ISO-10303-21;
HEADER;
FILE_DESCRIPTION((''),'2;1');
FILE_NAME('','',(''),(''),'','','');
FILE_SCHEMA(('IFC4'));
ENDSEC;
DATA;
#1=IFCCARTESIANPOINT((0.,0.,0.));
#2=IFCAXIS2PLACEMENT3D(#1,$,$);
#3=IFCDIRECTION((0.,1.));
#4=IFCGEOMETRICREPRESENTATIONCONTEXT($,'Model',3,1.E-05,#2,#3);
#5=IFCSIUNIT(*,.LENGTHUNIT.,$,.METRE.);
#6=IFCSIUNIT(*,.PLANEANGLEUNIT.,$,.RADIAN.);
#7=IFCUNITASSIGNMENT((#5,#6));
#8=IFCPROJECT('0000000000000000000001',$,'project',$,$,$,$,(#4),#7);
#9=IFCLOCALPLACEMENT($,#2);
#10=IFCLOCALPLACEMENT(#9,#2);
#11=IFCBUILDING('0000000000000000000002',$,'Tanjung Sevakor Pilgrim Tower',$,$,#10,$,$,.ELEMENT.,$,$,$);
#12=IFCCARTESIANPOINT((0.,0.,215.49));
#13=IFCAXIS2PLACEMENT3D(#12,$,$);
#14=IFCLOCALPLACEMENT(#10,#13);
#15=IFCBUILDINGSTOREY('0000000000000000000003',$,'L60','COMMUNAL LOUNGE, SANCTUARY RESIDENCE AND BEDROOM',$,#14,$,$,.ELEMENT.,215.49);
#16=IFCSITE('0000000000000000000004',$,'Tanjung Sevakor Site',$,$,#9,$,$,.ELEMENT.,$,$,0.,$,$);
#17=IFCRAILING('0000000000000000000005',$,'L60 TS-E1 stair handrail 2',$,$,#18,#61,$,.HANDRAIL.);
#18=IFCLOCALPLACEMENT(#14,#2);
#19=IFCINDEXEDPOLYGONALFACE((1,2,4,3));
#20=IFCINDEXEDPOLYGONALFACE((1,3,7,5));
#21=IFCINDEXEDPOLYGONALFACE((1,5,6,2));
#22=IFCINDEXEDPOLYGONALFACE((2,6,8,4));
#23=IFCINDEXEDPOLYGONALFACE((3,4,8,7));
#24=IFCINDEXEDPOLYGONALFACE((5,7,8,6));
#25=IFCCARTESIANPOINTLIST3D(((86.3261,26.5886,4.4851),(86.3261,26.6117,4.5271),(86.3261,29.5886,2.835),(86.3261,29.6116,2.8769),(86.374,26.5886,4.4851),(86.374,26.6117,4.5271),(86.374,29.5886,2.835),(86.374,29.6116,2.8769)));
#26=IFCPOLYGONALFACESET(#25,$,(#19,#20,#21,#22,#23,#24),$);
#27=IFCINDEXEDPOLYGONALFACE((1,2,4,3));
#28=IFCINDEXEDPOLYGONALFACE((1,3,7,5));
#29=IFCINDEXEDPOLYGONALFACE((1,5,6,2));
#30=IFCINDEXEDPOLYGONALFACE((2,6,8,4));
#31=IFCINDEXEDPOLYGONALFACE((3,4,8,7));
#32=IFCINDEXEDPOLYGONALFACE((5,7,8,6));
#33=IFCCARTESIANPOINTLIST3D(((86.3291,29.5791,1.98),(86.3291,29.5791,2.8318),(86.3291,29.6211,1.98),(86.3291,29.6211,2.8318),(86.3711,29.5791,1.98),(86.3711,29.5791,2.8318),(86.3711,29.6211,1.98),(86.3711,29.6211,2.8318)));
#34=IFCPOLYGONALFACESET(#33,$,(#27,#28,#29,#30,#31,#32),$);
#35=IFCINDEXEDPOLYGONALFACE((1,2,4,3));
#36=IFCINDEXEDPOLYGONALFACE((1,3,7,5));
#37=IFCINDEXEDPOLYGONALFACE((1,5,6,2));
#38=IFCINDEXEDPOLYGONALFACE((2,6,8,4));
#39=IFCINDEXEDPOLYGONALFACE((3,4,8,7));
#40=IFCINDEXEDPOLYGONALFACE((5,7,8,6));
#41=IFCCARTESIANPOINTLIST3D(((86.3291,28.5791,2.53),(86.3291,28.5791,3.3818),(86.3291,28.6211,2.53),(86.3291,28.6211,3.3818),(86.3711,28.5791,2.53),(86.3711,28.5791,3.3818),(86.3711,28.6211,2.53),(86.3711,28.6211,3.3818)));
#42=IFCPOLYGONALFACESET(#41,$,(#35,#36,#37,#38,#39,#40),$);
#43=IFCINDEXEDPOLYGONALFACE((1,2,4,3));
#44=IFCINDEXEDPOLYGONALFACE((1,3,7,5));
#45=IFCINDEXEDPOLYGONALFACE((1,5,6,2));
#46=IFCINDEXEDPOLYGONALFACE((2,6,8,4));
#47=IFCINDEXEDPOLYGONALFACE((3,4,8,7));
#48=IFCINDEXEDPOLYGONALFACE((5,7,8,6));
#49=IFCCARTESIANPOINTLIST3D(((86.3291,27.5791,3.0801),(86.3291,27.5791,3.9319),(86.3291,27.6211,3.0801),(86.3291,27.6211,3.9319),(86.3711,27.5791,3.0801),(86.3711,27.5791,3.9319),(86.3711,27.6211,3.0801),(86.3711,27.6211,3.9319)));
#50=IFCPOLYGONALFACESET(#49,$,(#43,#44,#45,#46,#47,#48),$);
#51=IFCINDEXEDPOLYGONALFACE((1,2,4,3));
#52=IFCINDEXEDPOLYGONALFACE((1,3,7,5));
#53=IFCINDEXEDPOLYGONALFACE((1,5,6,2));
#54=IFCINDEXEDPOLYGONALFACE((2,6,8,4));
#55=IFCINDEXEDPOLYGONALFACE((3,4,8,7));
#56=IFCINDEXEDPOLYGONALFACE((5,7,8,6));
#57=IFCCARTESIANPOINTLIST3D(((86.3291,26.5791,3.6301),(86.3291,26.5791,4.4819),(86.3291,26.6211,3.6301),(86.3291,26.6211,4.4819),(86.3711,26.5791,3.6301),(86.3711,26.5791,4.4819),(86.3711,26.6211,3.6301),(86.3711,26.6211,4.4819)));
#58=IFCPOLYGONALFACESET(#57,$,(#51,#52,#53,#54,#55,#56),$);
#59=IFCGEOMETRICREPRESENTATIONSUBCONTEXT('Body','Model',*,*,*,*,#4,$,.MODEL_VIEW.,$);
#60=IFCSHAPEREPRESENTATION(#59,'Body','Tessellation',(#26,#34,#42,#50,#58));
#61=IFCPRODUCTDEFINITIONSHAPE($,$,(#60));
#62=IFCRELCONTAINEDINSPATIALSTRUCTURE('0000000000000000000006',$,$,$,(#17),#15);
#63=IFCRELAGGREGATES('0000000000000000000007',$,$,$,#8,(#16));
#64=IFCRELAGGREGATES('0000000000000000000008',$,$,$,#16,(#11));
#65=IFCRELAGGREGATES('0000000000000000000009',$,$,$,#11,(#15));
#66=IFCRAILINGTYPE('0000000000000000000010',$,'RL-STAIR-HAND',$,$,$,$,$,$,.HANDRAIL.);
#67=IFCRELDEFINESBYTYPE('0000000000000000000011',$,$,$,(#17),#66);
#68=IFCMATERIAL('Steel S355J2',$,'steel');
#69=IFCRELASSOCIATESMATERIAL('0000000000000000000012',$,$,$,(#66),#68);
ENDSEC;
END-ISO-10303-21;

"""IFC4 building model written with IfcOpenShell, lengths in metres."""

from ifc_helpers import new_model, si_unit, direction, frame, origin, place, context, subcontext, project, spatial, rectangle, extrude, material, type_object, element, save


model = new_model("IFC4")

# Units and contexts
model_context = context("Model", 3, precision=1e-05, world=origin(), true_north=direction((0.0, 1.0)))
body_context = subcontext(model_context, "Body", "Model", "MODEL_VIEW")
ifc_project = project(units=[si_unit("LENGTHUNIT", "METRE"), si_unit("PLANEANGLEUNIT", "RADIAN")], contexts=[model_context])

# Site, building, storey
site_placement = place(None, origin())
site = spatial("IfcSite", under=ifc_project, at=site_placement, Name="Tanjung Sevakor Site", CompositionType="ELEMENT", RefElevation=0.0)
building_placement = place(site_placement, origin())
building = spatial("IfcBuilding", under=site, at=building_placement, Name="Tanjung Sevakor Pilgrim Tower", CompositionType="ELEMENT")
storey_placement = place(building_placement, frame((0.0, 0.0, 215.49)))
storey = spatial("IfcBuildingStorey", under=building, at=storey_placement, Name="L60", Description="COMMUNAL LOUNGE, SANCTUARY RESIDENCE AND BEDROOM", CompositionType="ELEMENT", Elevation=215.49)

# Railing
ifc_material_1 = material(Name="Steel S355J2", Category="steel")
railing_type_1 = type_object("IfcRailingType", Name="RL-STAIR-HAND", PredefinedType="HANDRAIL", material=ifc_material_1)
railing_1_placement = place(storey_placement, frame((86.3501, 29.6001, 1.98)))
element("IfcRailing", 1, at=railing_1_placement, inside=storey, type_object=railing_type_1, Name="L60 TS-E1 stair handrail 2", PredefinedType="HANDRAIL", context=body_context, shape_type="SweptSolid", body=[
    extrude(rectangle(XDim=0.0479, YDim=0.0479), frame((0.0, 0.0, 0.876), z_axis=(0.0, -0.876198, 0.481952), x_axis=(1.0, 0.0, 0.0)), (0.0, 0.0, 1.0), 3.4238),
    extrude(rectangle(XDim=0.042, YDim=0.042), origin(), (0.0, 0.0, 1.0), 0.8518),
    extrude(rectangle(XDim=0.042, YDim=0.042), frame((0.0, -1.0, 0.55)), (0.0, 0.0, 1.0), 0.8518),
    extrude(rectangle(XDim=0.042, YDim=0.042), frame((0.0, -2.0, 1.1001)), (0.0, 0.0, 1.0), 0.8518),
    extrude(rectangle(XDim=0.042, YDim=0.042), frame((0.0, -3.0, 1.6501)), (0.0, 0.0, 1.0), 0.8518),
])

save(model, "model.ifc")
